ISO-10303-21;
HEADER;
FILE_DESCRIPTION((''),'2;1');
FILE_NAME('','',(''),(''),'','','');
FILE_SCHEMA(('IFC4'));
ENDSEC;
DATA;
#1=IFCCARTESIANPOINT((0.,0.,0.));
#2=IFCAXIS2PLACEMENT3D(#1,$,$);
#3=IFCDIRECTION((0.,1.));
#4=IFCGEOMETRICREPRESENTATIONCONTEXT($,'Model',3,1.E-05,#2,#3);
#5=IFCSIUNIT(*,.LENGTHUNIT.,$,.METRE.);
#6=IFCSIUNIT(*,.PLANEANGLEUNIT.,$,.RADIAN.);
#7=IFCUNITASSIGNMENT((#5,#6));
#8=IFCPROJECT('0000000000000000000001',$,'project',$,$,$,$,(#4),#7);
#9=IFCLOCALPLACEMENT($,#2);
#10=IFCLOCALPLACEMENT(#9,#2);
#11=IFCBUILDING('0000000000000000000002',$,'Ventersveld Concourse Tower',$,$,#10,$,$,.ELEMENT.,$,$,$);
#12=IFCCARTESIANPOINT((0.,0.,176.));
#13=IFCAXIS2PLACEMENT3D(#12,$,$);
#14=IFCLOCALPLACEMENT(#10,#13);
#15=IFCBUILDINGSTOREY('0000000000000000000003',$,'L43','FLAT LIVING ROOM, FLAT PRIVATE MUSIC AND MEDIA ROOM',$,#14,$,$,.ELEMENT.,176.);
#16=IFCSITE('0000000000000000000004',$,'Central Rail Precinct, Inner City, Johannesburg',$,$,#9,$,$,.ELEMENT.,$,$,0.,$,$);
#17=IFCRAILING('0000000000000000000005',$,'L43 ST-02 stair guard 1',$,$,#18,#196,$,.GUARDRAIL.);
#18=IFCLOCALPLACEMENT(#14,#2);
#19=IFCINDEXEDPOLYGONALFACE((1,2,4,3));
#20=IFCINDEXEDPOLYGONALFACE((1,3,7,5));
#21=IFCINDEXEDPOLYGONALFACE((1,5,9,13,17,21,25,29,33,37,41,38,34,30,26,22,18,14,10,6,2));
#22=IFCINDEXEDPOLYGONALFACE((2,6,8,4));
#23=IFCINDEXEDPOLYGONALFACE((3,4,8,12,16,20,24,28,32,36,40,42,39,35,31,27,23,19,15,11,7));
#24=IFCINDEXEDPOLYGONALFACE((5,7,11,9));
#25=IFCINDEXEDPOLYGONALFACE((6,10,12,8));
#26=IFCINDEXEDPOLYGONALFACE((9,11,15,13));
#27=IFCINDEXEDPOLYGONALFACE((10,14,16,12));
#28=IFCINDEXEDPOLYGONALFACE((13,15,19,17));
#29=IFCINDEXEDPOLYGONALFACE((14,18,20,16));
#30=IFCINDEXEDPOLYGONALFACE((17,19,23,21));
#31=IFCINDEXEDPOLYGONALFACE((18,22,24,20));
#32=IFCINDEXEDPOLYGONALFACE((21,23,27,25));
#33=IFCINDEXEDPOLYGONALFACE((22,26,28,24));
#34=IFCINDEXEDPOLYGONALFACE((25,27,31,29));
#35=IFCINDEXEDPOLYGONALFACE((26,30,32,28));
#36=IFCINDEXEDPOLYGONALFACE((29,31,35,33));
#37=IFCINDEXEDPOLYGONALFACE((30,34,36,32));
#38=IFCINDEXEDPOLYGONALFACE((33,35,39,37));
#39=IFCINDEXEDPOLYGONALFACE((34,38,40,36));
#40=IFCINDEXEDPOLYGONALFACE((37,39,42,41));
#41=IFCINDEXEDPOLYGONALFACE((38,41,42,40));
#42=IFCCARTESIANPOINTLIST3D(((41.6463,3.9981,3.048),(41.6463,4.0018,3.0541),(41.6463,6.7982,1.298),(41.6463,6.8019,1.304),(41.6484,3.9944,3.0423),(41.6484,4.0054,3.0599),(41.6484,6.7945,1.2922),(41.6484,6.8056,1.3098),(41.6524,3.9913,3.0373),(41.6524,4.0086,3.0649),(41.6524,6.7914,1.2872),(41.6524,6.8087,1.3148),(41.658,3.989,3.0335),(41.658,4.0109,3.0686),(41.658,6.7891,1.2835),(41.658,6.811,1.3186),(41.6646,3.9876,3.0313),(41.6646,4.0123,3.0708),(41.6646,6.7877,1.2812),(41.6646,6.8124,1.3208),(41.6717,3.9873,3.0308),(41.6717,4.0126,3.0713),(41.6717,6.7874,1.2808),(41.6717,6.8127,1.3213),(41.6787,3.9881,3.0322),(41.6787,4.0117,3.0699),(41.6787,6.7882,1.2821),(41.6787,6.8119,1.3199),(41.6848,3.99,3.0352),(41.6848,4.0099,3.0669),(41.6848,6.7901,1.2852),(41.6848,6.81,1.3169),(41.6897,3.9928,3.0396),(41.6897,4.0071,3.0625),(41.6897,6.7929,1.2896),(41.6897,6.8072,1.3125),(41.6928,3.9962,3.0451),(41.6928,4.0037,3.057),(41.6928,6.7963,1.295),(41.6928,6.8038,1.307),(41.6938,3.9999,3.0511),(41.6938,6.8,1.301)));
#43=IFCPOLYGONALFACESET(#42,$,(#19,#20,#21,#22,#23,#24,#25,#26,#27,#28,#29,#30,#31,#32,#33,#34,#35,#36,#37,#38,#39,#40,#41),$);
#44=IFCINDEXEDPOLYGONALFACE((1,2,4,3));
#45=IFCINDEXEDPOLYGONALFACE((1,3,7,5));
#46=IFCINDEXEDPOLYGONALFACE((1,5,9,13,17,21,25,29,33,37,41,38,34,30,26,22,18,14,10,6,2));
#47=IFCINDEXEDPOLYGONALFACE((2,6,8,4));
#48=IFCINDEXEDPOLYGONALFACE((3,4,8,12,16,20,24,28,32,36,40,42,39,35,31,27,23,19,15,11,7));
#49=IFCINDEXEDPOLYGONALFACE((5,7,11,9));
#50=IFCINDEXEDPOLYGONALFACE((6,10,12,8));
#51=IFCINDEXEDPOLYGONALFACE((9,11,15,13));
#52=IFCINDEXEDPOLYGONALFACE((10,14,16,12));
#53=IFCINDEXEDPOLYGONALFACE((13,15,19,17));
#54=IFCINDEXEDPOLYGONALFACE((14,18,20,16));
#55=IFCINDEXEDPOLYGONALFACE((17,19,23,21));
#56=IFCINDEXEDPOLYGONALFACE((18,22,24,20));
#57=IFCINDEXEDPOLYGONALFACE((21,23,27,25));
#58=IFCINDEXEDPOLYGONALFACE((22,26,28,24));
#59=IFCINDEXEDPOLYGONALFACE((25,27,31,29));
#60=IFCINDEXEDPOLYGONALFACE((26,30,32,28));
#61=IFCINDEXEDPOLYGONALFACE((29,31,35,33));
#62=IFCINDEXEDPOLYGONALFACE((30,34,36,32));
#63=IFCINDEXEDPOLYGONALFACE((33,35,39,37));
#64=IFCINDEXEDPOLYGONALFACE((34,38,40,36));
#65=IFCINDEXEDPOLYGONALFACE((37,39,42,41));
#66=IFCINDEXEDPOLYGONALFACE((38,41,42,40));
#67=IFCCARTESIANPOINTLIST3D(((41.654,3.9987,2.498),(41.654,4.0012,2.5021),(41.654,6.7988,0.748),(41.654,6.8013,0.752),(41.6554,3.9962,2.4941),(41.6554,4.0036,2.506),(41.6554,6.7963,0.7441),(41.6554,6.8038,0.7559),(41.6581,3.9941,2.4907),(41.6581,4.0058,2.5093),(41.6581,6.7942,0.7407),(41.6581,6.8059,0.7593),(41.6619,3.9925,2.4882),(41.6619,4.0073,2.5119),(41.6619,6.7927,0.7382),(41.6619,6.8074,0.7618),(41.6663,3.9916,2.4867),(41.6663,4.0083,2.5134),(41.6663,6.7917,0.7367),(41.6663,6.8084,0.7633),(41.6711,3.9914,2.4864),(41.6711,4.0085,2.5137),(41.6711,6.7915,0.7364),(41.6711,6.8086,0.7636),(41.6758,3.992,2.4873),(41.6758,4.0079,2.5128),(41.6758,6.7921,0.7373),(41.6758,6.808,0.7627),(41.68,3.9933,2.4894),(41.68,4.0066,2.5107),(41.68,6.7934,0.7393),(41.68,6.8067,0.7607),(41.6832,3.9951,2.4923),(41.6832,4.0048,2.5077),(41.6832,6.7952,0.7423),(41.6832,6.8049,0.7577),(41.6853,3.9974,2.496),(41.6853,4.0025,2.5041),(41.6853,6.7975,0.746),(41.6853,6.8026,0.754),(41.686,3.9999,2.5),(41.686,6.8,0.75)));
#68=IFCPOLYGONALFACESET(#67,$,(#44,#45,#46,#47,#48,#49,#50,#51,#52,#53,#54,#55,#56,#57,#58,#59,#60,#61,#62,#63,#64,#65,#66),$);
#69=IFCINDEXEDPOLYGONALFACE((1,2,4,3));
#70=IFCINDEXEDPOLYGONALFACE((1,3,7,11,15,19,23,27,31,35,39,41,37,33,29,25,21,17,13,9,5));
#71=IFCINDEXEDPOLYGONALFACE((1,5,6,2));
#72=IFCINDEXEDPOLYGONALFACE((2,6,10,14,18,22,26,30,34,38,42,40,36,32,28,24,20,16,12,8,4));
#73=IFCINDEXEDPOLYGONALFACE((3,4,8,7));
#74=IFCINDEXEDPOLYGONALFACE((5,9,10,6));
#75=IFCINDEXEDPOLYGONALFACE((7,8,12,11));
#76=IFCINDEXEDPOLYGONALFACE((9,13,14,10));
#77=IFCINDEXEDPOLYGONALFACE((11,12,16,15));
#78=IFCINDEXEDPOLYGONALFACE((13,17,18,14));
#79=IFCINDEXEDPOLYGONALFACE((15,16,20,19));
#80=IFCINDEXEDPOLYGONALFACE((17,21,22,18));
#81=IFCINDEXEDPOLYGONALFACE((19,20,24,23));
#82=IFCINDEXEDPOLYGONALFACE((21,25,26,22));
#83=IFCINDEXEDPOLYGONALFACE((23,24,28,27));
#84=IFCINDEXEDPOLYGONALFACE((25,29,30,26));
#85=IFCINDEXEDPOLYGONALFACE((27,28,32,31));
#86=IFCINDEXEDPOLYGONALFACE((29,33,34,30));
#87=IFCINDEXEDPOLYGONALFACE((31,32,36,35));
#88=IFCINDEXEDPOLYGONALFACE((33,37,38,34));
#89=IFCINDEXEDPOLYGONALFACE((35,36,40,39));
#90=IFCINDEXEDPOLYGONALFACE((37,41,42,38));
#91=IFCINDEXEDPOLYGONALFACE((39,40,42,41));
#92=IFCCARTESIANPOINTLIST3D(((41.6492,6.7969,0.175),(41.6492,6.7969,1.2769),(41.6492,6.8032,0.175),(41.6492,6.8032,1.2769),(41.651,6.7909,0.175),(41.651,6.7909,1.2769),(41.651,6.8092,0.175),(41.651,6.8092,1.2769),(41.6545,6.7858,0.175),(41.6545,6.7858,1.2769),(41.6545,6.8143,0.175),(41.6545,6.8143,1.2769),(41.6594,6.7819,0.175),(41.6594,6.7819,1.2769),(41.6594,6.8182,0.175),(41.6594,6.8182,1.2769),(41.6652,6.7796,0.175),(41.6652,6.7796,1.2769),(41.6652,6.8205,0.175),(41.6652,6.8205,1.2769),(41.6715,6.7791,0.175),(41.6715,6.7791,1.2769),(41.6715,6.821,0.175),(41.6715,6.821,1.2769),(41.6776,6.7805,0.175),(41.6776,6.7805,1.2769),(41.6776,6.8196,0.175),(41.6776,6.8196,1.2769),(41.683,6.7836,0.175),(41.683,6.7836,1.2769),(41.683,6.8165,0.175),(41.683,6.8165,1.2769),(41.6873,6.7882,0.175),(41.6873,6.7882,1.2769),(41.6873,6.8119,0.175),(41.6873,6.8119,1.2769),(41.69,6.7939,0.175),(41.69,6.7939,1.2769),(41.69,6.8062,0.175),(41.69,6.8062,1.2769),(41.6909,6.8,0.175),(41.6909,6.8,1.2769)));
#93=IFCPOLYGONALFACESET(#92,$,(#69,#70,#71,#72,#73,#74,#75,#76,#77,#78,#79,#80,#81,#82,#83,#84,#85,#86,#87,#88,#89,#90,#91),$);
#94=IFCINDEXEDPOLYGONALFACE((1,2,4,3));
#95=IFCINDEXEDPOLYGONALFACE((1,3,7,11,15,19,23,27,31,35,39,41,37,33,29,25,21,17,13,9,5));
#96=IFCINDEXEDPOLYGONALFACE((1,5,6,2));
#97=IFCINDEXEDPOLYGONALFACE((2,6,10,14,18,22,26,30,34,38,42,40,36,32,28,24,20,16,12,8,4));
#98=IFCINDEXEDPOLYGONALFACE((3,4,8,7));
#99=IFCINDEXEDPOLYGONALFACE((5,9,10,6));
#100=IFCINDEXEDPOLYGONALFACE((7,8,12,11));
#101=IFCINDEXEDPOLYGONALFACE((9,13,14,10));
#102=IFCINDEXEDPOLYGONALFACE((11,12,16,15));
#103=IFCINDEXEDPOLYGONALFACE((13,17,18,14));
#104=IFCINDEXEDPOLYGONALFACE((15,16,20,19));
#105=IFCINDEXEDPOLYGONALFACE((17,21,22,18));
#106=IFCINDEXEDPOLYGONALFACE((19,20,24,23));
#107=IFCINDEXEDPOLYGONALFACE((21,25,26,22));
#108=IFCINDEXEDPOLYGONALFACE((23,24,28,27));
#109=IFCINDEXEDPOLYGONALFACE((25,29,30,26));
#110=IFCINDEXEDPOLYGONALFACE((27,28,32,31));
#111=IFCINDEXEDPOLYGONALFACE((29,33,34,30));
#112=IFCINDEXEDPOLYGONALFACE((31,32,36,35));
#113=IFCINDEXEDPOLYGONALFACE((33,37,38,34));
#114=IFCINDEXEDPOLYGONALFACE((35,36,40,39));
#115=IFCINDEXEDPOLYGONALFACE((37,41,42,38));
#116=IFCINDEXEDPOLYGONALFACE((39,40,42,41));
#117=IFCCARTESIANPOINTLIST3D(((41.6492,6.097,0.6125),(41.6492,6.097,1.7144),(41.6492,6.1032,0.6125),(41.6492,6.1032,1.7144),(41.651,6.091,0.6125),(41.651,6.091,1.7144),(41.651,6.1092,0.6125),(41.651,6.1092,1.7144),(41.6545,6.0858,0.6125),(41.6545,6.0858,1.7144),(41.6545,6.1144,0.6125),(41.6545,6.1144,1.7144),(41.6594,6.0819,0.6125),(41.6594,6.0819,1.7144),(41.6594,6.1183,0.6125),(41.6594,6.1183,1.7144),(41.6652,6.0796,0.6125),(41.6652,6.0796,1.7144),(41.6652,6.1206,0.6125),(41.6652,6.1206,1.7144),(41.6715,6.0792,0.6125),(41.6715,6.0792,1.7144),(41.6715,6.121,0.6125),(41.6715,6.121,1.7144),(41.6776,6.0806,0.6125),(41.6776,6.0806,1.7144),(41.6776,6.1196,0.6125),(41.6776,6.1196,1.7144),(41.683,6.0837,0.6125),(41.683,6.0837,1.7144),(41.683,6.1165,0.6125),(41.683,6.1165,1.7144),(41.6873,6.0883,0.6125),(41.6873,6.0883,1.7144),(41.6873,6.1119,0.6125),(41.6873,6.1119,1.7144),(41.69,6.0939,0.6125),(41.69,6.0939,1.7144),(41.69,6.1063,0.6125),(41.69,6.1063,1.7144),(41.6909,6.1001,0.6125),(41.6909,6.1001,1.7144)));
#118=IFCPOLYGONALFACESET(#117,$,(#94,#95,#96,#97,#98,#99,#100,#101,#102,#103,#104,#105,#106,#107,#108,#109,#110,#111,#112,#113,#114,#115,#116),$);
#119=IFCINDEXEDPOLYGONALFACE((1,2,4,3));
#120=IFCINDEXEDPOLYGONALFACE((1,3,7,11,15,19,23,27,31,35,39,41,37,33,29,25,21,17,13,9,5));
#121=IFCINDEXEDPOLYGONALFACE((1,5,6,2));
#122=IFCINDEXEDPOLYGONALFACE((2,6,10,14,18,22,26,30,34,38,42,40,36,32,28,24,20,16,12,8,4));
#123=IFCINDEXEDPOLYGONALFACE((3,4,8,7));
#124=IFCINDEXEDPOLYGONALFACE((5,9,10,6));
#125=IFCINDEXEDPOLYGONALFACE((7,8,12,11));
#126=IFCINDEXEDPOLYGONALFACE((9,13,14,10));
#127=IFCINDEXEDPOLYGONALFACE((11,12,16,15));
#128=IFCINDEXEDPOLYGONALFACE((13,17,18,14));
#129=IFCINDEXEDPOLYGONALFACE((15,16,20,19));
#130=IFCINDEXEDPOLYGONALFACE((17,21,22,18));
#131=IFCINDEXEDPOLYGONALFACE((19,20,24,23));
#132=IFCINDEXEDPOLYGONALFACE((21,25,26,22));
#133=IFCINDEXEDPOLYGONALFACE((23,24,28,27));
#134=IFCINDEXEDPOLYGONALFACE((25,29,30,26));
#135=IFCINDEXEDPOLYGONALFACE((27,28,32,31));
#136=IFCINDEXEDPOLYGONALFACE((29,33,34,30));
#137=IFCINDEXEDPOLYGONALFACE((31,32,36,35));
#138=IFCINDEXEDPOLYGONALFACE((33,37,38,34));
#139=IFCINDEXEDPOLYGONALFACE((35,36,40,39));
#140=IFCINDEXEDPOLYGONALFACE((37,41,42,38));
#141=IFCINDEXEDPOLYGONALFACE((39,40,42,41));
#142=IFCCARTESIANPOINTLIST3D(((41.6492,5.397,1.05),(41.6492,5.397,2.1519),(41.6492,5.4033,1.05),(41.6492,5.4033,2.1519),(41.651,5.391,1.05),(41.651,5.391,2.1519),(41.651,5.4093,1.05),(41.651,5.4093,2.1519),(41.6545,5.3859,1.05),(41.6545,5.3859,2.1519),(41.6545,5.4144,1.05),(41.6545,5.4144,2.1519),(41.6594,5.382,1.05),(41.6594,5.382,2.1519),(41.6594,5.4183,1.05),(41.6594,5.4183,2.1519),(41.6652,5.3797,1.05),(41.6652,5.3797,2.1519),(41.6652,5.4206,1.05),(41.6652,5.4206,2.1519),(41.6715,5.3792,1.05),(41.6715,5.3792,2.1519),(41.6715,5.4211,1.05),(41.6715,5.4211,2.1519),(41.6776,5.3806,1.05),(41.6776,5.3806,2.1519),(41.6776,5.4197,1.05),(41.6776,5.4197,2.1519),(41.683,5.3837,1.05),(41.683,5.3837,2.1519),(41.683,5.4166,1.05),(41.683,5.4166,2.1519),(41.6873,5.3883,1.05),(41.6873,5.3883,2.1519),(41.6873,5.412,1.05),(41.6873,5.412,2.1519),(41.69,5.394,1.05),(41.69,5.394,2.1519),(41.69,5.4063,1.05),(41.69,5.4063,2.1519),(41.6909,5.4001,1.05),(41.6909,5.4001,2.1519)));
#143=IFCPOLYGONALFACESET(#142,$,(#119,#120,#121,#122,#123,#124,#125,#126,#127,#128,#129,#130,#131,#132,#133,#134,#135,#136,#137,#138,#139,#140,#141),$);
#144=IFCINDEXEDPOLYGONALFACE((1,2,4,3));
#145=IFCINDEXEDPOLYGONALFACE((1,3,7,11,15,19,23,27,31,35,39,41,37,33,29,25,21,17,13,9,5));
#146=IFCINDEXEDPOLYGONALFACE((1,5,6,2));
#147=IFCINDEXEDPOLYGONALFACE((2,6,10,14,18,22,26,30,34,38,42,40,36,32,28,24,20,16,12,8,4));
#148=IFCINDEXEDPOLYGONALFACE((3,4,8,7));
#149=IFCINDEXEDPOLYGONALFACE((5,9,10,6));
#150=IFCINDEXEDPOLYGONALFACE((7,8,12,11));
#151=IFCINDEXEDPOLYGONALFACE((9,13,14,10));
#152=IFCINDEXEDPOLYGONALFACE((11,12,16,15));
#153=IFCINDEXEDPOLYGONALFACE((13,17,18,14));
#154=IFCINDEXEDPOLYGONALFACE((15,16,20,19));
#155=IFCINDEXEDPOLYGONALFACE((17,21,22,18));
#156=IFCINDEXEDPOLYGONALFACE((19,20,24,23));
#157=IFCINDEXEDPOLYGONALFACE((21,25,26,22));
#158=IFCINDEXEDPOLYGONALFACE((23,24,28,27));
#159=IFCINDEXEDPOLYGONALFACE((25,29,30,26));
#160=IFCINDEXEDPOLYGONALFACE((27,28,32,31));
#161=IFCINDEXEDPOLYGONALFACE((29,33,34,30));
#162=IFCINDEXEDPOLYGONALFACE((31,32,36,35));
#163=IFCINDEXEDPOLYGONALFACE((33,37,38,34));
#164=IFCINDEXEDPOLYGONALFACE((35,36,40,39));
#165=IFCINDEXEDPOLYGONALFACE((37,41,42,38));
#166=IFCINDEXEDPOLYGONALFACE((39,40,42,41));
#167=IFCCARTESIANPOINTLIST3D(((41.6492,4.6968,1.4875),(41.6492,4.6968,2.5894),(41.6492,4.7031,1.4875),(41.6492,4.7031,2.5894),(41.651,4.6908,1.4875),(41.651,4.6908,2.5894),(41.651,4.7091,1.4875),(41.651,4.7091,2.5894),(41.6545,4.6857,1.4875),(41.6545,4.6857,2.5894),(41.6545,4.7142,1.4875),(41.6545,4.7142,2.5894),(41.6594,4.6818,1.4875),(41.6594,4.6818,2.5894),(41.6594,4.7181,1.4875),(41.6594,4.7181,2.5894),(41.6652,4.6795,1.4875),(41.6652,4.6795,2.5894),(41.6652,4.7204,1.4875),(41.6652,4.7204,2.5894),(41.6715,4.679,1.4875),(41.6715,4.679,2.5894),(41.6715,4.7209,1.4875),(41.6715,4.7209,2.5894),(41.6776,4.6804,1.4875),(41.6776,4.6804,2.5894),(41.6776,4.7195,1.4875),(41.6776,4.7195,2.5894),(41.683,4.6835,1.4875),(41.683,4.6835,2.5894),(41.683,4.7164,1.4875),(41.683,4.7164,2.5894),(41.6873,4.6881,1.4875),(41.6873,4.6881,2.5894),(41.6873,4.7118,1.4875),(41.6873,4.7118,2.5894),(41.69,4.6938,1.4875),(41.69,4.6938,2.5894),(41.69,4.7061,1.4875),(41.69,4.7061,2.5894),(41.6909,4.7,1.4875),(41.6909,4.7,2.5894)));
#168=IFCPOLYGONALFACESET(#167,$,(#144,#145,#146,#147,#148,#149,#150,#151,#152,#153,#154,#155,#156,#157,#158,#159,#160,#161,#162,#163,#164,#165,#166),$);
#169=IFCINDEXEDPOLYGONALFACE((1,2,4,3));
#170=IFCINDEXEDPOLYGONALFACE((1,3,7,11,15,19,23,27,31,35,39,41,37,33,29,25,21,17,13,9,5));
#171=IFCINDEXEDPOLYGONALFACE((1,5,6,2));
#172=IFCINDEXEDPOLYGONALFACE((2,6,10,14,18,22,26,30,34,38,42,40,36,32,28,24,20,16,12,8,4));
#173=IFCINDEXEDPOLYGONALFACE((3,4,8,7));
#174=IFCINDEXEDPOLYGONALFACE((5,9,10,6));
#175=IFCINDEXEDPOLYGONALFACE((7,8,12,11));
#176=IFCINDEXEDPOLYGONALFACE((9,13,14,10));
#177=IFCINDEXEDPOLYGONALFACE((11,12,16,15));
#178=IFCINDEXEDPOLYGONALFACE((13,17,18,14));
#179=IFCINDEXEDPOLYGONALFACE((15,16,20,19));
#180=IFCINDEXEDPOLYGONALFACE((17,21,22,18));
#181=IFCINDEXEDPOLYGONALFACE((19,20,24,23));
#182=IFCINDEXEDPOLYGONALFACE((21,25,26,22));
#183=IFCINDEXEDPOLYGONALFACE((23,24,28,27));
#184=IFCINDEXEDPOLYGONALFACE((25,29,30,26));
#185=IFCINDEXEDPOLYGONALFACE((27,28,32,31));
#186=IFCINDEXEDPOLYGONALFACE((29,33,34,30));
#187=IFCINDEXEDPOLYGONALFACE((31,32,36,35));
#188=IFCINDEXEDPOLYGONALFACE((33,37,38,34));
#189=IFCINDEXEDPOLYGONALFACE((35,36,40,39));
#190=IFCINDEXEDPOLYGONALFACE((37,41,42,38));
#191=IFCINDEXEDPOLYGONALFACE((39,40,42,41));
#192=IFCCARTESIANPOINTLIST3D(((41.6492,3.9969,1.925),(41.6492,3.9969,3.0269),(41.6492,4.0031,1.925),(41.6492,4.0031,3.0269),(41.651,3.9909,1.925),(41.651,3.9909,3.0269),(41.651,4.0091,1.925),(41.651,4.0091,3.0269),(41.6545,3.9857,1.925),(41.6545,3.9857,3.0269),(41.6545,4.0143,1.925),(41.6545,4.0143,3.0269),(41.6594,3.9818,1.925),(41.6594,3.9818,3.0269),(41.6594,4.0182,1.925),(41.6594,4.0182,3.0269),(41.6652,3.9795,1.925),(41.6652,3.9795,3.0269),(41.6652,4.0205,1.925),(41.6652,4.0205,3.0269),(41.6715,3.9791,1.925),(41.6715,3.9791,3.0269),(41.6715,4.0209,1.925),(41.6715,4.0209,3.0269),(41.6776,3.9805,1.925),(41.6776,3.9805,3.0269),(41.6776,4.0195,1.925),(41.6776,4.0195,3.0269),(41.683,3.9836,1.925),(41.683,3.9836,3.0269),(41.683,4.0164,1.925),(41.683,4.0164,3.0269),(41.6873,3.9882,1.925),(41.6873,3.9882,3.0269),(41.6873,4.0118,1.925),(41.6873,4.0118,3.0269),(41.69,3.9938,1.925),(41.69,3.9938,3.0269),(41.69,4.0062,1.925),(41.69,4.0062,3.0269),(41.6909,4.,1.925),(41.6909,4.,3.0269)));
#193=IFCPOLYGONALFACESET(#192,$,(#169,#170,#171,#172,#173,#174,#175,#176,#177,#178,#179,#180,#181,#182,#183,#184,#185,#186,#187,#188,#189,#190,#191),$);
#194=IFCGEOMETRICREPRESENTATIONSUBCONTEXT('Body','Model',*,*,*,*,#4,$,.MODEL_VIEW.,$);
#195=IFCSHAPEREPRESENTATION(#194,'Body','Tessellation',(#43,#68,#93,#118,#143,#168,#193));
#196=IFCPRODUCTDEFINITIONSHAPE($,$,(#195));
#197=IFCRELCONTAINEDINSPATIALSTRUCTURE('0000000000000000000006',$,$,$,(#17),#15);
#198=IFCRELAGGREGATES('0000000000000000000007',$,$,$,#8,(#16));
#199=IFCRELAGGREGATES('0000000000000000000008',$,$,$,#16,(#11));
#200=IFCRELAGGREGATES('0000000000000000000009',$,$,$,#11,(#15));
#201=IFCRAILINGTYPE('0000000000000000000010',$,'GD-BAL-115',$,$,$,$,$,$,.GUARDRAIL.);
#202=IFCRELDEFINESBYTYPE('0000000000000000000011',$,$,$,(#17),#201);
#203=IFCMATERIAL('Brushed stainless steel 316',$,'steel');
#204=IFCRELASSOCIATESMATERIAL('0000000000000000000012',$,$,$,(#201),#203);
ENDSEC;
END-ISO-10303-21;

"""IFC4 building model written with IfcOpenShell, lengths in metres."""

from ifc_helpers import new_model, si_unit, direction, frame, origin, origin_2d, place, context, subcontext, project, spatial, circle, extrude, material, type_object, element, save


model = new_model("IFC4")

# Units and contexts
model_context = context("Model", 3, precision=1e-05, world=origin(), true_north=direction((0.0, 1.0)))
body_context = subcontext(model_context, "Body", "Model", "MODEL_VIEW")
ifc_project = project(units=[si_unit("LENGTHUNIT", "METRE"), si_unit("PLANEANGLEUNIT", "RADIAN")], contexts=[model_context])

# Site, building, storey
site_placement = place(None, origin())
site = spatial("IfcSite", under=ifc_project, at=site_placement, Name="Central Rail Precinct, Inner City, Johannesburg", CompositionType="ELEMENT", RefElevation=0.0)
building_placement = place(site_placement, origin())
building = spatial("IfcBuilding", under=site, at=building_placement, Name="Ventersveld Concourse Tower", CompositionType="ELEMENT")
storey_placement = place(building_placement, frame((0.0, 0.0, 176.0)))
storey = spatial("IfcBuildingStorey", under=building, at=storey_placement, Name="L43", Description="FLAT LIVING ROOM, FLAT PRIVATE MUSIC AND MEDIA ROOM", CompositionType="ELEMENT", Elevation=176.0)

# Shared definitions
ifc_material_1 = material(Name="Brushed stainless steel 316", Category="steel")

# Railing
railing_type_1 = type_object("IfcRailingType", Name="GD-BAL-115", PredefinedType="GUARDRAIL", material=ifc_material_1)
railing_1_placement = place(storey_placement, frame((41.6699, 6.8, 0.175)))
element("IfcRailing", 1, at=railing_1_placement, inside=storey, type_object=railing_type_1, Name="L43 ST-02 stair guard 1", PredefinedType="GUARDRAIL", context=body_context, shape_type="SweptSolid", body=[
    extrude(circle(Radius=0.0239, at=origin_2d()), frame((0.0, 0.0, 1.126), z_axis=(0.0, -0.848002, 0.529992), x_axis=(1.0, 0.0, 0.0)), (0.0, 0.0, 1.0), 3.302),
    extrude(circle(Radius=0.0161, at=origin_2d()), frame((0.0, 0.0, 0.575), z_axis=(0.0, -0.848002, 0.529992), x_axis=(1.0, 0.0, 0.0)), (0.0, 0.0, 1.0), 3.302),
    extrude(circle(Radius=0.021, at=origin_2d()), origin(), (0.0, 0.0, 1.0), 1.1018),
    extrude(circle(Radius=0.021, at=origin_2d()), frame((0.0, -0.7, 0.4375)), (0.0, 0.0, 1.0), 1.1018),
    extrude(circle(Radius=0.021, at=origin_2d()), frame((0.0, -1.3999, 0.875)), (0.0, 0.0, 1.0), 1.1018),
    extrude(circle(Radius=0.021, at=origin_2d()), frame((0.0, -2.1001, 1.3125)), (0.0, 0.0, 1.0), 1.1018),
    extrude(circle(Radius=0.021, at=origin_2d()), frame((0.0, -2.8, 1.75)), (0.0, 0.0, 1.0), 1.1018),
])

save(model, "model.ifc")
